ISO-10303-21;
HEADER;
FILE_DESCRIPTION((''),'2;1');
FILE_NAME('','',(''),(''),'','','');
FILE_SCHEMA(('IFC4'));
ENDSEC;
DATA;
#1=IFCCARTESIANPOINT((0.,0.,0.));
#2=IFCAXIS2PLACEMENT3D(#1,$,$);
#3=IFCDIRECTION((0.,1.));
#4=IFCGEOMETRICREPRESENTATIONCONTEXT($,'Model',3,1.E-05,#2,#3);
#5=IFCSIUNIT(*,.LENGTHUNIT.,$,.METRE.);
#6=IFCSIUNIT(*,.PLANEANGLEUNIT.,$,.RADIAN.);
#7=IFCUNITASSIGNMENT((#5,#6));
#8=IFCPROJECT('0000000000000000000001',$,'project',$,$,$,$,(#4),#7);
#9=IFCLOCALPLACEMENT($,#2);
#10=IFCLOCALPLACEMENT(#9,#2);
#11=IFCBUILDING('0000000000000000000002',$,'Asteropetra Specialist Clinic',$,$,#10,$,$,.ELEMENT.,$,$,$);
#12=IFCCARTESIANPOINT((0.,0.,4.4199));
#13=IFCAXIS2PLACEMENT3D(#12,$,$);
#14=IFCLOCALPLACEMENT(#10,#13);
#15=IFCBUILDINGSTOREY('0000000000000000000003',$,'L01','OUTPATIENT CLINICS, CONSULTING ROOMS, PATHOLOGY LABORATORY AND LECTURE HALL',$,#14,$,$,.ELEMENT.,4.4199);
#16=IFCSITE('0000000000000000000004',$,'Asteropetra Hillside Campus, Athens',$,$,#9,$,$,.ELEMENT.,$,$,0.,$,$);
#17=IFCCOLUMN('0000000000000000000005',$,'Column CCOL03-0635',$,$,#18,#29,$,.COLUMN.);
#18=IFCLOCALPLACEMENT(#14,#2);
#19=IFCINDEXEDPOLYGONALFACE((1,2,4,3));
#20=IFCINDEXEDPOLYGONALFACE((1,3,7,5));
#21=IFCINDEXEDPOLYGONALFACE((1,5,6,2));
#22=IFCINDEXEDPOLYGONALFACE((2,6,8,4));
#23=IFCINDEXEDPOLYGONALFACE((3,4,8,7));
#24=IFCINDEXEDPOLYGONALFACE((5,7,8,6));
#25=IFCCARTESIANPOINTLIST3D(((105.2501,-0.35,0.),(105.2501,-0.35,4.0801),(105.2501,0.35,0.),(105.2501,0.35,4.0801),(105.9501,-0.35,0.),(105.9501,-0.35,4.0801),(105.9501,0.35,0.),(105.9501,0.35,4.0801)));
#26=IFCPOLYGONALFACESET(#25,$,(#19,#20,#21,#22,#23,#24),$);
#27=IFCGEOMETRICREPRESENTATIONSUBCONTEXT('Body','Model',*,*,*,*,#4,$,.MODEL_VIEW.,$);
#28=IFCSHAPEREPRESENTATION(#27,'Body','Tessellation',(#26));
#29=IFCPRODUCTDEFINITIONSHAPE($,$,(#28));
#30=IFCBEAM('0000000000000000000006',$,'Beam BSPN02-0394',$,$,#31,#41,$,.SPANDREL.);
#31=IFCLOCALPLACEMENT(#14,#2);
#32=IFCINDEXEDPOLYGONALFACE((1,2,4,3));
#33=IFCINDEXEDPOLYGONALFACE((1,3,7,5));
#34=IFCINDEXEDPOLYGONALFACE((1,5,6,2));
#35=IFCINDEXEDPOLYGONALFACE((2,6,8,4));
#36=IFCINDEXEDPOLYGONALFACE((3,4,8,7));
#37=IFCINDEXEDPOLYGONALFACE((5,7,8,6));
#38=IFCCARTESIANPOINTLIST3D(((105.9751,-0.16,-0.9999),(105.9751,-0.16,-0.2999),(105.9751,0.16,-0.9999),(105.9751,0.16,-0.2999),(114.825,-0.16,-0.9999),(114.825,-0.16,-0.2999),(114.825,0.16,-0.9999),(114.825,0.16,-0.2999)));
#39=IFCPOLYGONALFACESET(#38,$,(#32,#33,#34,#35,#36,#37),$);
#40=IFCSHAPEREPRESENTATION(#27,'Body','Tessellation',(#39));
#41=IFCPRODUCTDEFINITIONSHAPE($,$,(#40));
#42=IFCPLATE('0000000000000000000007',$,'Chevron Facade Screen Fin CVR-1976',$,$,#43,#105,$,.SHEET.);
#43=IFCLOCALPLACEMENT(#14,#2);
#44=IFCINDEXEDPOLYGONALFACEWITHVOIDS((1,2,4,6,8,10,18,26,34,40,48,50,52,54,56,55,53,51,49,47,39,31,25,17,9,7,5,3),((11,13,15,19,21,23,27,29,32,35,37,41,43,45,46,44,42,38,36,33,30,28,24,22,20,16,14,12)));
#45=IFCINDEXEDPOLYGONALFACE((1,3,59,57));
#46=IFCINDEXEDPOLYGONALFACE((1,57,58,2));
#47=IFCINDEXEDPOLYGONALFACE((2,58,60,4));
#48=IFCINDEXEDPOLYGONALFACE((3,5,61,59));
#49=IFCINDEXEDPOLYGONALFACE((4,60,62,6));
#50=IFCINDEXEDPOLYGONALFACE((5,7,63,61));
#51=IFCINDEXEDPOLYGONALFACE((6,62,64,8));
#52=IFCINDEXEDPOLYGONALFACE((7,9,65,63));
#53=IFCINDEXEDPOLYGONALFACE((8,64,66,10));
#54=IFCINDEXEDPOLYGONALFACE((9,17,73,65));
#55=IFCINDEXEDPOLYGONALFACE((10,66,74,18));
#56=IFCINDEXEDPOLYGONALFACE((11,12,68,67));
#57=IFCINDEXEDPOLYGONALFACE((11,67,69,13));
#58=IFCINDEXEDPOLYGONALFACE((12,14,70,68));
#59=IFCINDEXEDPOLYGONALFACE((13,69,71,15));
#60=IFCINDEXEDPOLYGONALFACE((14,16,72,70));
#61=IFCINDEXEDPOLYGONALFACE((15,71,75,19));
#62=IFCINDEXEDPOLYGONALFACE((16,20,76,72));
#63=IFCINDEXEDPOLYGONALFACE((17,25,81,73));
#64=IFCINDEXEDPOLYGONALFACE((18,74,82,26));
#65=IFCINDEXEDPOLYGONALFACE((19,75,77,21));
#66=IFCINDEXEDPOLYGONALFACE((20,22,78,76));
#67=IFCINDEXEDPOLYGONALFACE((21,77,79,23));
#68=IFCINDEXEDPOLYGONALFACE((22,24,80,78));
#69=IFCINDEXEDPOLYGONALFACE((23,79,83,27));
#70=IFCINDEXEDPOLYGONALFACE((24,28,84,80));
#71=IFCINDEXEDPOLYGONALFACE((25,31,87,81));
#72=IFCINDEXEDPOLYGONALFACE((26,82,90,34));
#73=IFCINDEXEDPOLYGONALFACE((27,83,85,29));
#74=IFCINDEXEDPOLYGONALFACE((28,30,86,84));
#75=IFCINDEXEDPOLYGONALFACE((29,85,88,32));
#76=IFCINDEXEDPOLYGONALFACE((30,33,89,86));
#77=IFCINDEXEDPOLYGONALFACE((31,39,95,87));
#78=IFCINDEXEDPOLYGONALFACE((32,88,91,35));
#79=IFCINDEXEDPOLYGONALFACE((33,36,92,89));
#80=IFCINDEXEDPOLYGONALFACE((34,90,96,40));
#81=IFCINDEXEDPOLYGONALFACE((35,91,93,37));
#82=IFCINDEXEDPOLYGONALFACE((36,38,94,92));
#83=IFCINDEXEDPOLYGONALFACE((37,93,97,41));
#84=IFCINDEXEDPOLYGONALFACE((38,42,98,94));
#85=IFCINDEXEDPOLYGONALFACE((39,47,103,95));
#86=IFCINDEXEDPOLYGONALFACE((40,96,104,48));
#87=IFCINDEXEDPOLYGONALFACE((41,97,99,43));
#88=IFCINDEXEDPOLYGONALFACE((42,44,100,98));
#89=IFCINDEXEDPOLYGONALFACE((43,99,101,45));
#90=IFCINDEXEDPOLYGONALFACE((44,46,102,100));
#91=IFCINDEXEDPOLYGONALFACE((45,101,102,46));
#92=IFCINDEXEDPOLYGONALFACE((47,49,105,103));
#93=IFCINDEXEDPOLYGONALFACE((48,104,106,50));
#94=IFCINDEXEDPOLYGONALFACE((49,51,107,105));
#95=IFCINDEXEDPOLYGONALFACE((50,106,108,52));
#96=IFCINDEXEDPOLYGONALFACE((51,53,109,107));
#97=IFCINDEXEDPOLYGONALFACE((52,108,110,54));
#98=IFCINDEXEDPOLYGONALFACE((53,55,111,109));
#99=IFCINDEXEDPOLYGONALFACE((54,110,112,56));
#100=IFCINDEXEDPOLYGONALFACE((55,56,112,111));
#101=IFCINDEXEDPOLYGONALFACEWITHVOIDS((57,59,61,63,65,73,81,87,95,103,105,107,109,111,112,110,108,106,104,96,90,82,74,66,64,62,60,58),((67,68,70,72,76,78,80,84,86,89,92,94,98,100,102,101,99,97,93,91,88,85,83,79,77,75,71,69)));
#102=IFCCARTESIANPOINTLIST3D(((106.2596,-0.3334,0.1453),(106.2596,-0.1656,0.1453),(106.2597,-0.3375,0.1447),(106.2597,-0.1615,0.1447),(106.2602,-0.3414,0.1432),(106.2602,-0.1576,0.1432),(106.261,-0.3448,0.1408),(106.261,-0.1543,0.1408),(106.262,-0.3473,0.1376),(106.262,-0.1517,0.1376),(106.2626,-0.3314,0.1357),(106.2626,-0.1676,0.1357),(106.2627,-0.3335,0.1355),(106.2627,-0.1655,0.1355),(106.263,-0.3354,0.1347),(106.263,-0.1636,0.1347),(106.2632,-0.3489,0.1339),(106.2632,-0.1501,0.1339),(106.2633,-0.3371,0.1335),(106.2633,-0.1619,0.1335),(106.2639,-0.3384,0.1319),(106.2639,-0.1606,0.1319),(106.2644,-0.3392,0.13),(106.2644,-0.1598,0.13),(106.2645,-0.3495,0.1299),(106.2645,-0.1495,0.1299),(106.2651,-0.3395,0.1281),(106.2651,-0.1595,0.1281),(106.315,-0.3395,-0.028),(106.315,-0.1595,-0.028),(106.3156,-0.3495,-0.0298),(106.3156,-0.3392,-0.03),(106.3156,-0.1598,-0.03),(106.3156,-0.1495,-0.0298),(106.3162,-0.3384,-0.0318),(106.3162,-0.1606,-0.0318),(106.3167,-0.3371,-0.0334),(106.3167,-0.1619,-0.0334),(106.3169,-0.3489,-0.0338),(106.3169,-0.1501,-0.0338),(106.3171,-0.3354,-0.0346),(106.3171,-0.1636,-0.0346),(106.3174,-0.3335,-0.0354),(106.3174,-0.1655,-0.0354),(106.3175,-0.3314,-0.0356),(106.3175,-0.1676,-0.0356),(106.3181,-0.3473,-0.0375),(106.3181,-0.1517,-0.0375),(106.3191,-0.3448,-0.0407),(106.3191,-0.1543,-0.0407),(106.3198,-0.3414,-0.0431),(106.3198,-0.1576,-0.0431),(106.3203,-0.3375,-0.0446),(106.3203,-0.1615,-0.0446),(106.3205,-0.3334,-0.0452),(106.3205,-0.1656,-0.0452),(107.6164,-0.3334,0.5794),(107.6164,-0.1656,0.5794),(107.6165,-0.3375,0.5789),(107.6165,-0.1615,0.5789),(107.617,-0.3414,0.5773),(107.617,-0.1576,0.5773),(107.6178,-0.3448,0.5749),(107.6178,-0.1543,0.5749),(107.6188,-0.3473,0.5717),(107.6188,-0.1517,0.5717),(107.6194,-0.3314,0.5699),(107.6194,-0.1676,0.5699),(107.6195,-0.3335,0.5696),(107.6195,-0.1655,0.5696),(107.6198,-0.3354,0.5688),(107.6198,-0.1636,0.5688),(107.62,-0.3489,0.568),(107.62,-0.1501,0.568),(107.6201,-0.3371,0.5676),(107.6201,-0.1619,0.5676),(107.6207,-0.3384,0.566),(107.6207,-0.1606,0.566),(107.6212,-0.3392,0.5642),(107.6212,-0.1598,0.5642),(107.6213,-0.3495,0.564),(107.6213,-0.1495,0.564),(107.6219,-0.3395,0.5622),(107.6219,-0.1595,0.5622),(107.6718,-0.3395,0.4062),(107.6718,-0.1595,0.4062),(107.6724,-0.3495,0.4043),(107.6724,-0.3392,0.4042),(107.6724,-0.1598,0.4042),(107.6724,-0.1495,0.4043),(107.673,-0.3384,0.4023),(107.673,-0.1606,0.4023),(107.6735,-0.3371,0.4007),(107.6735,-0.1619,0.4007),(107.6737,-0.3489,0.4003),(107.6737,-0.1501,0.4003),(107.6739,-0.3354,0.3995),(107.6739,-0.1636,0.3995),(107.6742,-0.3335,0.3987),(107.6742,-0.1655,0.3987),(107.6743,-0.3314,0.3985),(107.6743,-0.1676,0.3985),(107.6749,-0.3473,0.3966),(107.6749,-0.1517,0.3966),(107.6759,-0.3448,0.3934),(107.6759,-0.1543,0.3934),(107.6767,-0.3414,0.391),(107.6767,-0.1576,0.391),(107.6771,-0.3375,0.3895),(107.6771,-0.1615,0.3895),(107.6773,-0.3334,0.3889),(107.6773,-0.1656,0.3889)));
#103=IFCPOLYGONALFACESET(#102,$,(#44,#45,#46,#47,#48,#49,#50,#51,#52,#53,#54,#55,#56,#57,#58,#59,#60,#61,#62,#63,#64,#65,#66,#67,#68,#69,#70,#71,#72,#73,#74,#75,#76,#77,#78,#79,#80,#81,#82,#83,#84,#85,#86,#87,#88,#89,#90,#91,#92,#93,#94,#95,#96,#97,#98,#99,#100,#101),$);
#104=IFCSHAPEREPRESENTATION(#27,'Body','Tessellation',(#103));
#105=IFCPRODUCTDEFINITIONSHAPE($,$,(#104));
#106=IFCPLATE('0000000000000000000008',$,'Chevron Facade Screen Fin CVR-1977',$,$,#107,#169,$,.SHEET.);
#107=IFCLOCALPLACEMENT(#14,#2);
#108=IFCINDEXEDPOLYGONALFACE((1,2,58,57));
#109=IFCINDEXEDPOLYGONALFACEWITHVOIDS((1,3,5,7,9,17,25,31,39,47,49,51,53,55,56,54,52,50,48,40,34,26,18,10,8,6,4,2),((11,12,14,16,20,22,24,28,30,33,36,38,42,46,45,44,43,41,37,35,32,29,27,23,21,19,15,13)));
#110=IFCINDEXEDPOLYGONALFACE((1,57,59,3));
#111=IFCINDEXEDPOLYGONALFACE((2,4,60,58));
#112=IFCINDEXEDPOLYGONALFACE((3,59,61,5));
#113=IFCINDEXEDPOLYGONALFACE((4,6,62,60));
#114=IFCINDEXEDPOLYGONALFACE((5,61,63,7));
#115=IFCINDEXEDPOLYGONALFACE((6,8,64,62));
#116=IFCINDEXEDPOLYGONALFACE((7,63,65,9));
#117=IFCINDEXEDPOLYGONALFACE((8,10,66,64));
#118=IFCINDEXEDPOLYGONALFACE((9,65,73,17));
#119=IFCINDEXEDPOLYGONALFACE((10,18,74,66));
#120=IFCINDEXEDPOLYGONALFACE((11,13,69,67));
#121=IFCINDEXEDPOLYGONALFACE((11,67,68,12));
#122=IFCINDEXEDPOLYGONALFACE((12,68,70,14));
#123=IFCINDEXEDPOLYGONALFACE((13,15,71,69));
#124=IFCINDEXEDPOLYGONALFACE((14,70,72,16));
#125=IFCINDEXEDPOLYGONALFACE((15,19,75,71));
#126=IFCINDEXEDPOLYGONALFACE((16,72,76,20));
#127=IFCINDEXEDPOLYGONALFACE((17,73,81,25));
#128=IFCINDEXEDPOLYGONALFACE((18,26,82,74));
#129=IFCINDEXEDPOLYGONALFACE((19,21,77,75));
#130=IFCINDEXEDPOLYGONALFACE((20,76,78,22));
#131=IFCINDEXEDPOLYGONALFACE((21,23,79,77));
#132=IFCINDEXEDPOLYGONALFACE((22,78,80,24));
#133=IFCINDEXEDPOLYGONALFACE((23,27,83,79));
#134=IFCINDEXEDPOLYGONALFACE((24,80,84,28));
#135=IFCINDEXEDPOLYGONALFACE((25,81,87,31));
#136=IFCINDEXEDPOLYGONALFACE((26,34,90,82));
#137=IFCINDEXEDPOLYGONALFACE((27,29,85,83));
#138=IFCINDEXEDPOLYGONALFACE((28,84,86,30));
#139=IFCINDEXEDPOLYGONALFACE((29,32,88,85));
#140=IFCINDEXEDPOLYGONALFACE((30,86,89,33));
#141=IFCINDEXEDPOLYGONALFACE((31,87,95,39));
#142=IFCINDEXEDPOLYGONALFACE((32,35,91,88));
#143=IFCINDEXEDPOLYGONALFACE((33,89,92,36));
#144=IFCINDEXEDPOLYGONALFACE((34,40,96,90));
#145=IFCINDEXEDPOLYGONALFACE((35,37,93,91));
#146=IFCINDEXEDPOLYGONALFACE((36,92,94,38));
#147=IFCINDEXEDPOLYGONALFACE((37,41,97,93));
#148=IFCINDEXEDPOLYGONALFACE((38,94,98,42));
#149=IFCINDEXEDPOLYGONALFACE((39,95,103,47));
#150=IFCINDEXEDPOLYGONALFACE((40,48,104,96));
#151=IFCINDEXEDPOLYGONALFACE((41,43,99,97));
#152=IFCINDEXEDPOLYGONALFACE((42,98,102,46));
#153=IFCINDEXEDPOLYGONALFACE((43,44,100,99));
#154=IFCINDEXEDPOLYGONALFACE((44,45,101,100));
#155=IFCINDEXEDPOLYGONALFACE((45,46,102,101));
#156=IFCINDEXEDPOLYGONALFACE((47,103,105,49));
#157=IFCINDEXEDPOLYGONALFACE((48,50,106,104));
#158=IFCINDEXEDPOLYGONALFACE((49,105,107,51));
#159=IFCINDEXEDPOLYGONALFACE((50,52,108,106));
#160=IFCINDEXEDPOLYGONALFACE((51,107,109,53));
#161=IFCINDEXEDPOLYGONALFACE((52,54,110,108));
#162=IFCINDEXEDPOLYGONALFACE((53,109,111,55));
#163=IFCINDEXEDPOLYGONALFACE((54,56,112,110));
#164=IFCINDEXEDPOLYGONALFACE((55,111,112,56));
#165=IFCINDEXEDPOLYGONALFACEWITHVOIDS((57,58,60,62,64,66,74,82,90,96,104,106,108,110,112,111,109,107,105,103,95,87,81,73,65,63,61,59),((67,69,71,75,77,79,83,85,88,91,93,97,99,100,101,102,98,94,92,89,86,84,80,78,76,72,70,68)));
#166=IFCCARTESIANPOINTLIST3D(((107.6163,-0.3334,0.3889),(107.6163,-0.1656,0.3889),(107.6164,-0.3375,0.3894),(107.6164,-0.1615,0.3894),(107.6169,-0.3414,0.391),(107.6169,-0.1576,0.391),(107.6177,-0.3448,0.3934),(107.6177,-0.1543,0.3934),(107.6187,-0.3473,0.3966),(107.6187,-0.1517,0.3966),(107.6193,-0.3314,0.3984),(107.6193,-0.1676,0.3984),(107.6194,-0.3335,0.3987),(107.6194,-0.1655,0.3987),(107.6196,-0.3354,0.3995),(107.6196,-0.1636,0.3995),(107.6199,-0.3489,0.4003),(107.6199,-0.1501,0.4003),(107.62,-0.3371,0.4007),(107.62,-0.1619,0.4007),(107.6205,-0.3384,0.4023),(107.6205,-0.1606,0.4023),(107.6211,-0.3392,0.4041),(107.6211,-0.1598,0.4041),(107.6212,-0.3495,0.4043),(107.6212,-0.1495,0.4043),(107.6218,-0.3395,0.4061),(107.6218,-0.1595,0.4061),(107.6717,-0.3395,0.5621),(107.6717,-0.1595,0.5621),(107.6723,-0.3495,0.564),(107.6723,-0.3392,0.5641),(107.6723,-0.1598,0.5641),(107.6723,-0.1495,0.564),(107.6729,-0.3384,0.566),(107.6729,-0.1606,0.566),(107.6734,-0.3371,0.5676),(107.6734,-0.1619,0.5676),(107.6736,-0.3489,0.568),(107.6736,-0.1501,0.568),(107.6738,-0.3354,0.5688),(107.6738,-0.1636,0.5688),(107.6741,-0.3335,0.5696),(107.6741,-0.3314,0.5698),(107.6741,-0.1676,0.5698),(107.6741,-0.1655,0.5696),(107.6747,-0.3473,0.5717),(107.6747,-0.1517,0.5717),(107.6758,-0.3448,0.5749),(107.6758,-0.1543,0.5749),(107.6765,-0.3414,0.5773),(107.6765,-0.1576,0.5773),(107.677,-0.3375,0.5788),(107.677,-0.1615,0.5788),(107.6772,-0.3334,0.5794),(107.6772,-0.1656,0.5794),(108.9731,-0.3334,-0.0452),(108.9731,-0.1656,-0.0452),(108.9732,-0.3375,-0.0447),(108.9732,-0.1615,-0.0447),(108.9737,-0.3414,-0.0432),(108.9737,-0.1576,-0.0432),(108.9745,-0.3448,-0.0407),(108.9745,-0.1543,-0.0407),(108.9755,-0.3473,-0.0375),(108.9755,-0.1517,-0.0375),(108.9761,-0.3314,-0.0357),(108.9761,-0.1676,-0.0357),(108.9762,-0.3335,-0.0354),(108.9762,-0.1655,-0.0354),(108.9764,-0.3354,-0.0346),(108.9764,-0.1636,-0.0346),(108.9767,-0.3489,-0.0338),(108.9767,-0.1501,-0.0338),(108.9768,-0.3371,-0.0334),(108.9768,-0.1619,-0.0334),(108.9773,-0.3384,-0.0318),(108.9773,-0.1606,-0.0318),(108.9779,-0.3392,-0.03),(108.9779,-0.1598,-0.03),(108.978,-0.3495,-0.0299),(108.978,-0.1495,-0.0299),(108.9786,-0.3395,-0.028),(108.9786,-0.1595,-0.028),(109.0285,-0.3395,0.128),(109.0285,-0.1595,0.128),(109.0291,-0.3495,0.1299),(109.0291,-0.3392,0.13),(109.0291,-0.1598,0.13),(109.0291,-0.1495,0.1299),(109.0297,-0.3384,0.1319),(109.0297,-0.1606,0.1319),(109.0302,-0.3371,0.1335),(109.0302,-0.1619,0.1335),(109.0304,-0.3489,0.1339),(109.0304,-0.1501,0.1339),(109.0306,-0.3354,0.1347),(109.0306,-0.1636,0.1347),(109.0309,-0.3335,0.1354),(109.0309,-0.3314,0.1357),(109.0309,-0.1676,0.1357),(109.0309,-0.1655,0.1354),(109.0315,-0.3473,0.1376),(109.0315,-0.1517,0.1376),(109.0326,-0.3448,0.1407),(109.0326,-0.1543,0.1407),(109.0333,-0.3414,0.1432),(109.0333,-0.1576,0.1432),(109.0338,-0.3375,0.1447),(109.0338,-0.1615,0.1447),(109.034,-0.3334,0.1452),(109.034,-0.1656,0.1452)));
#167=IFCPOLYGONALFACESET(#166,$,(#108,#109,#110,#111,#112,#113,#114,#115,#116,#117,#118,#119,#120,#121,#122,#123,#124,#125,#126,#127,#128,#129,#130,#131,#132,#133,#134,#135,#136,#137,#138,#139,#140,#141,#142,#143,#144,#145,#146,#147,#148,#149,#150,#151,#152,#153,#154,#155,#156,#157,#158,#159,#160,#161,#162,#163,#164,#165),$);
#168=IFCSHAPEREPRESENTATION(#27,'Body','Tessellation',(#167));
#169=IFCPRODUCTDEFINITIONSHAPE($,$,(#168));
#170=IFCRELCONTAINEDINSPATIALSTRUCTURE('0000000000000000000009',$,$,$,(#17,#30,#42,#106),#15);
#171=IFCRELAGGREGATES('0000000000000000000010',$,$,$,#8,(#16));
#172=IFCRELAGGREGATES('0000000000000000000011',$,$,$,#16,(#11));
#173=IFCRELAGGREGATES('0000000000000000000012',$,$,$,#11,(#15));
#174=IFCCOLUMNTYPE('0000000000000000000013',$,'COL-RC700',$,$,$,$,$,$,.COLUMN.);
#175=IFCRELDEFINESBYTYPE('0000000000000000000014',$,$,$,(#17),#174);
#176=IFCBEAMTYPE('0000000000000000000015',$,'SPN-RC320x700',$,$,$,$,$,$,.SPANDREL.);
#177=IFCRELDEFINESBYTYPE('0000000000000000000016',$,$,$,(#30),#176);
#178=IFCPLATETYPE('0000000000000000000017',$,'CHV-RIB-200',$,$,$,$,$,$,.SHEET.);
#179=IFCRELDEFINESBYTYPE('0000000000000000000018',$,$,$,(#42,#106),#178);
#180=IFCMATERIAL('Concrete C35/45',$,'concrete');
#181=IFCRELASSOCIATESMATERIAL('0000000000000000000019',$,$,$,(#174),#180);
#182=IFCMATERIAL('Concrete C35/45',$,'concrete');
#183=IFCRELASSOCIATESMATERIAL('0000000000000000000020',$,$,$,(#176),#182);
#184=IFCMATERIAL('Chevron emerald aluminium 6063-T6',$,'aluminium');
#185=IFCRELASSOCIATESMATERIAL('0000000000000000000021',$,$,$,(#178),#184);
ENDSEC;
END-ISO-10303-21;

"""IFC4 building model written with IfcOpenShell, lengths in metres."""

from ifc_helpers import new_model, si_unit, direction, frame, origin, origin_2d, place, context, subcontext, project, spatial, rectangle, hollow_rectangle, extrude, material, material_profile, profile_set, type_object, element, save


model = new_model("IFC4")

# Units and contexts
model_context = context("Model", 3, precision=1e-05, world=origin(), true_north=direction((0.0, 1.0)))
body_context = subcontext(model_context, "Body", "Model", "MODEL_VIEW")
ifc_project = project(units=[si_unit("LENGTHUNIT", "METRE"), si_unit("PLANEANGLEUNIT", "RADIAN")], contexts=[model_context])

# Site, building, storey
site_placement = place(None, origin())
site = spatial("IfcSite", under=ifc_project, at=site_placement, Name="Asteropetra Hillside Campus, Athens", CompositionType="ELEMENT", RefElevation=0.0)
building_placement = place(site_placement, origin())
building = spatial("IfcBuilding", under=site, at=building_placement, Name="Asteropetra Specialist Clinic", CompositionType="ELEMENT")
storey_placement = place(building_placement, frame((0.0, 0.0, 4.4199)))
storey = spatial("IfcBuildingStorey", under=building, at=storey_placement, Name="L01", Description="OUTPATIENT CLINICS, CONSULTING ROOMS, PATHOLOGY LABORATORY AND LECTURE HALL", CompositionType="ELEMENT", Elevation=4.4199)

# Column
ifc_material_1 = material(Name="Concrete C35/45", Category="concrete")
ifc_material_profile_1 = material_profile(ifc_material_1, rectangle(XDim=0.7, YDim=0.7, at=origin_2d()), Name="RC 700x700")
ifc_profile_set_1 = profile_set([ifc_material_profile_1], Name="Concrete C35/45")
column_type = type_object("IfcColumnType", Name="COL-RC700", PredefinedType="COLUMN", material=ifc_profile_set_1)
column_placement = place(storey_placement, frame((105.6001, 0.0, 0.0), z_axis=(0.0, 0.0, 1.0), x_axis=(1.0, 0.0, 0.0)))
element("IfcColumn", 1, at=column_placement, inside=storey, type_object=column_type, Name="Column CCOL03-0635", PredefinedType="COLUMN", context=body_context, shape_type="SweptSolid", body=[
    extrude(rectangle(XDim=0.7, YDim=0.7, at=origin_2d()), origin(), (0.0, 0.0, 1.0), 4.0801),
])

# Beam
ifc_material_2 = material(Name="Concrete C35/45", Category="concrete")
ifc_material_profile_2 = material_profile(ifc_material_2, rectangle(XDim=0.3201, YDim=0.7, at=origin_2d()), Name="RCS 320x700")
ifc_profile_set_2 = profile_set([ifc_material_profile_2], Name="Concrete C35/45")
beam_type = type_object("IfcBeamType", Name="SPN-RC320x700", PredefinedType="SPANDREL", material=ifc_profile_set_2)
beam_placement = place(storey_placement, frame((105.9751, 0.0, -0.6499), z_axis=(1.0, 0.0, 0.0), x_axis=(0.0, 1.0, 0.0)))
element("IfcBeam", 2, at=beam_placement, inside=storey, type_object=beam_type, Name="Beam BSPN02-0394", PredefinedType="SPANDREL", context=body_context, shape_type="SweptSolid", body=[
    extrude(rectangle(XDim=0.3201, YDim=0.7, at=origin_2d()), origin(), (0.0, 0.0, 1.0), 8.8499),
])

# Plates
ifc_material_3 = material(Name="Chevron emerald aluminium 6063-T6", Category="aluminium")
ifc_material_profile_3 = material_profile(ifc_material_3, hollow_rectangle(XDim=0.2, YDim=0.2, WallThickness=0.01, InnerFilletRadius=0.0081, OuterFilletRadius=0.0161, at=origin_2d()), Name="SHS 200x200x10.0")
ifc_profile_set_3 = profile_set([ifc_material_profile_3], Name="Chevron emerald aluminium 6063-T6")
plate_type = type_object("IfcPlateType", Name="CHV-RIB-200", PredefinedType="SHEET", material=ifc_profile_set_3)
for number, where, z_axis, x_axis, name in (
    (3, (106.29, -0.2495, 0.05), (0.952436, 0.0, 0.304738), (0.0, 1.0, 0.0), "Chevron Facade Screen Fin CVR-1976"),
    (4, (107.6467, -0.2495, 0.4841), (0.952436, 0.0, -0.304738), (0.0, 1.0, 0.0), "Chevron Facade Screen Fin CVR-1977"),
):
    element("IfcPlate", number, at=place(storey_placement, frame(where, z_axis=z_axis, x_axis=x_axis)), inside=storey, type_object=plate_type, Name=name, PredefinedType="SHEET", context=body_context, shape_type="SweptSolid", body=[
        extrude(hollow_rectangle(XDim=0.2, YDim=0.2, WallThickness=0.01, InnerFilletRadius=0.0081, OuterFilletRadius=0.0161, at=origin_2d()), origin(), (0.0, 0.0, 1.0), 1.4246),
    ])

save(model, "model.ifc")
